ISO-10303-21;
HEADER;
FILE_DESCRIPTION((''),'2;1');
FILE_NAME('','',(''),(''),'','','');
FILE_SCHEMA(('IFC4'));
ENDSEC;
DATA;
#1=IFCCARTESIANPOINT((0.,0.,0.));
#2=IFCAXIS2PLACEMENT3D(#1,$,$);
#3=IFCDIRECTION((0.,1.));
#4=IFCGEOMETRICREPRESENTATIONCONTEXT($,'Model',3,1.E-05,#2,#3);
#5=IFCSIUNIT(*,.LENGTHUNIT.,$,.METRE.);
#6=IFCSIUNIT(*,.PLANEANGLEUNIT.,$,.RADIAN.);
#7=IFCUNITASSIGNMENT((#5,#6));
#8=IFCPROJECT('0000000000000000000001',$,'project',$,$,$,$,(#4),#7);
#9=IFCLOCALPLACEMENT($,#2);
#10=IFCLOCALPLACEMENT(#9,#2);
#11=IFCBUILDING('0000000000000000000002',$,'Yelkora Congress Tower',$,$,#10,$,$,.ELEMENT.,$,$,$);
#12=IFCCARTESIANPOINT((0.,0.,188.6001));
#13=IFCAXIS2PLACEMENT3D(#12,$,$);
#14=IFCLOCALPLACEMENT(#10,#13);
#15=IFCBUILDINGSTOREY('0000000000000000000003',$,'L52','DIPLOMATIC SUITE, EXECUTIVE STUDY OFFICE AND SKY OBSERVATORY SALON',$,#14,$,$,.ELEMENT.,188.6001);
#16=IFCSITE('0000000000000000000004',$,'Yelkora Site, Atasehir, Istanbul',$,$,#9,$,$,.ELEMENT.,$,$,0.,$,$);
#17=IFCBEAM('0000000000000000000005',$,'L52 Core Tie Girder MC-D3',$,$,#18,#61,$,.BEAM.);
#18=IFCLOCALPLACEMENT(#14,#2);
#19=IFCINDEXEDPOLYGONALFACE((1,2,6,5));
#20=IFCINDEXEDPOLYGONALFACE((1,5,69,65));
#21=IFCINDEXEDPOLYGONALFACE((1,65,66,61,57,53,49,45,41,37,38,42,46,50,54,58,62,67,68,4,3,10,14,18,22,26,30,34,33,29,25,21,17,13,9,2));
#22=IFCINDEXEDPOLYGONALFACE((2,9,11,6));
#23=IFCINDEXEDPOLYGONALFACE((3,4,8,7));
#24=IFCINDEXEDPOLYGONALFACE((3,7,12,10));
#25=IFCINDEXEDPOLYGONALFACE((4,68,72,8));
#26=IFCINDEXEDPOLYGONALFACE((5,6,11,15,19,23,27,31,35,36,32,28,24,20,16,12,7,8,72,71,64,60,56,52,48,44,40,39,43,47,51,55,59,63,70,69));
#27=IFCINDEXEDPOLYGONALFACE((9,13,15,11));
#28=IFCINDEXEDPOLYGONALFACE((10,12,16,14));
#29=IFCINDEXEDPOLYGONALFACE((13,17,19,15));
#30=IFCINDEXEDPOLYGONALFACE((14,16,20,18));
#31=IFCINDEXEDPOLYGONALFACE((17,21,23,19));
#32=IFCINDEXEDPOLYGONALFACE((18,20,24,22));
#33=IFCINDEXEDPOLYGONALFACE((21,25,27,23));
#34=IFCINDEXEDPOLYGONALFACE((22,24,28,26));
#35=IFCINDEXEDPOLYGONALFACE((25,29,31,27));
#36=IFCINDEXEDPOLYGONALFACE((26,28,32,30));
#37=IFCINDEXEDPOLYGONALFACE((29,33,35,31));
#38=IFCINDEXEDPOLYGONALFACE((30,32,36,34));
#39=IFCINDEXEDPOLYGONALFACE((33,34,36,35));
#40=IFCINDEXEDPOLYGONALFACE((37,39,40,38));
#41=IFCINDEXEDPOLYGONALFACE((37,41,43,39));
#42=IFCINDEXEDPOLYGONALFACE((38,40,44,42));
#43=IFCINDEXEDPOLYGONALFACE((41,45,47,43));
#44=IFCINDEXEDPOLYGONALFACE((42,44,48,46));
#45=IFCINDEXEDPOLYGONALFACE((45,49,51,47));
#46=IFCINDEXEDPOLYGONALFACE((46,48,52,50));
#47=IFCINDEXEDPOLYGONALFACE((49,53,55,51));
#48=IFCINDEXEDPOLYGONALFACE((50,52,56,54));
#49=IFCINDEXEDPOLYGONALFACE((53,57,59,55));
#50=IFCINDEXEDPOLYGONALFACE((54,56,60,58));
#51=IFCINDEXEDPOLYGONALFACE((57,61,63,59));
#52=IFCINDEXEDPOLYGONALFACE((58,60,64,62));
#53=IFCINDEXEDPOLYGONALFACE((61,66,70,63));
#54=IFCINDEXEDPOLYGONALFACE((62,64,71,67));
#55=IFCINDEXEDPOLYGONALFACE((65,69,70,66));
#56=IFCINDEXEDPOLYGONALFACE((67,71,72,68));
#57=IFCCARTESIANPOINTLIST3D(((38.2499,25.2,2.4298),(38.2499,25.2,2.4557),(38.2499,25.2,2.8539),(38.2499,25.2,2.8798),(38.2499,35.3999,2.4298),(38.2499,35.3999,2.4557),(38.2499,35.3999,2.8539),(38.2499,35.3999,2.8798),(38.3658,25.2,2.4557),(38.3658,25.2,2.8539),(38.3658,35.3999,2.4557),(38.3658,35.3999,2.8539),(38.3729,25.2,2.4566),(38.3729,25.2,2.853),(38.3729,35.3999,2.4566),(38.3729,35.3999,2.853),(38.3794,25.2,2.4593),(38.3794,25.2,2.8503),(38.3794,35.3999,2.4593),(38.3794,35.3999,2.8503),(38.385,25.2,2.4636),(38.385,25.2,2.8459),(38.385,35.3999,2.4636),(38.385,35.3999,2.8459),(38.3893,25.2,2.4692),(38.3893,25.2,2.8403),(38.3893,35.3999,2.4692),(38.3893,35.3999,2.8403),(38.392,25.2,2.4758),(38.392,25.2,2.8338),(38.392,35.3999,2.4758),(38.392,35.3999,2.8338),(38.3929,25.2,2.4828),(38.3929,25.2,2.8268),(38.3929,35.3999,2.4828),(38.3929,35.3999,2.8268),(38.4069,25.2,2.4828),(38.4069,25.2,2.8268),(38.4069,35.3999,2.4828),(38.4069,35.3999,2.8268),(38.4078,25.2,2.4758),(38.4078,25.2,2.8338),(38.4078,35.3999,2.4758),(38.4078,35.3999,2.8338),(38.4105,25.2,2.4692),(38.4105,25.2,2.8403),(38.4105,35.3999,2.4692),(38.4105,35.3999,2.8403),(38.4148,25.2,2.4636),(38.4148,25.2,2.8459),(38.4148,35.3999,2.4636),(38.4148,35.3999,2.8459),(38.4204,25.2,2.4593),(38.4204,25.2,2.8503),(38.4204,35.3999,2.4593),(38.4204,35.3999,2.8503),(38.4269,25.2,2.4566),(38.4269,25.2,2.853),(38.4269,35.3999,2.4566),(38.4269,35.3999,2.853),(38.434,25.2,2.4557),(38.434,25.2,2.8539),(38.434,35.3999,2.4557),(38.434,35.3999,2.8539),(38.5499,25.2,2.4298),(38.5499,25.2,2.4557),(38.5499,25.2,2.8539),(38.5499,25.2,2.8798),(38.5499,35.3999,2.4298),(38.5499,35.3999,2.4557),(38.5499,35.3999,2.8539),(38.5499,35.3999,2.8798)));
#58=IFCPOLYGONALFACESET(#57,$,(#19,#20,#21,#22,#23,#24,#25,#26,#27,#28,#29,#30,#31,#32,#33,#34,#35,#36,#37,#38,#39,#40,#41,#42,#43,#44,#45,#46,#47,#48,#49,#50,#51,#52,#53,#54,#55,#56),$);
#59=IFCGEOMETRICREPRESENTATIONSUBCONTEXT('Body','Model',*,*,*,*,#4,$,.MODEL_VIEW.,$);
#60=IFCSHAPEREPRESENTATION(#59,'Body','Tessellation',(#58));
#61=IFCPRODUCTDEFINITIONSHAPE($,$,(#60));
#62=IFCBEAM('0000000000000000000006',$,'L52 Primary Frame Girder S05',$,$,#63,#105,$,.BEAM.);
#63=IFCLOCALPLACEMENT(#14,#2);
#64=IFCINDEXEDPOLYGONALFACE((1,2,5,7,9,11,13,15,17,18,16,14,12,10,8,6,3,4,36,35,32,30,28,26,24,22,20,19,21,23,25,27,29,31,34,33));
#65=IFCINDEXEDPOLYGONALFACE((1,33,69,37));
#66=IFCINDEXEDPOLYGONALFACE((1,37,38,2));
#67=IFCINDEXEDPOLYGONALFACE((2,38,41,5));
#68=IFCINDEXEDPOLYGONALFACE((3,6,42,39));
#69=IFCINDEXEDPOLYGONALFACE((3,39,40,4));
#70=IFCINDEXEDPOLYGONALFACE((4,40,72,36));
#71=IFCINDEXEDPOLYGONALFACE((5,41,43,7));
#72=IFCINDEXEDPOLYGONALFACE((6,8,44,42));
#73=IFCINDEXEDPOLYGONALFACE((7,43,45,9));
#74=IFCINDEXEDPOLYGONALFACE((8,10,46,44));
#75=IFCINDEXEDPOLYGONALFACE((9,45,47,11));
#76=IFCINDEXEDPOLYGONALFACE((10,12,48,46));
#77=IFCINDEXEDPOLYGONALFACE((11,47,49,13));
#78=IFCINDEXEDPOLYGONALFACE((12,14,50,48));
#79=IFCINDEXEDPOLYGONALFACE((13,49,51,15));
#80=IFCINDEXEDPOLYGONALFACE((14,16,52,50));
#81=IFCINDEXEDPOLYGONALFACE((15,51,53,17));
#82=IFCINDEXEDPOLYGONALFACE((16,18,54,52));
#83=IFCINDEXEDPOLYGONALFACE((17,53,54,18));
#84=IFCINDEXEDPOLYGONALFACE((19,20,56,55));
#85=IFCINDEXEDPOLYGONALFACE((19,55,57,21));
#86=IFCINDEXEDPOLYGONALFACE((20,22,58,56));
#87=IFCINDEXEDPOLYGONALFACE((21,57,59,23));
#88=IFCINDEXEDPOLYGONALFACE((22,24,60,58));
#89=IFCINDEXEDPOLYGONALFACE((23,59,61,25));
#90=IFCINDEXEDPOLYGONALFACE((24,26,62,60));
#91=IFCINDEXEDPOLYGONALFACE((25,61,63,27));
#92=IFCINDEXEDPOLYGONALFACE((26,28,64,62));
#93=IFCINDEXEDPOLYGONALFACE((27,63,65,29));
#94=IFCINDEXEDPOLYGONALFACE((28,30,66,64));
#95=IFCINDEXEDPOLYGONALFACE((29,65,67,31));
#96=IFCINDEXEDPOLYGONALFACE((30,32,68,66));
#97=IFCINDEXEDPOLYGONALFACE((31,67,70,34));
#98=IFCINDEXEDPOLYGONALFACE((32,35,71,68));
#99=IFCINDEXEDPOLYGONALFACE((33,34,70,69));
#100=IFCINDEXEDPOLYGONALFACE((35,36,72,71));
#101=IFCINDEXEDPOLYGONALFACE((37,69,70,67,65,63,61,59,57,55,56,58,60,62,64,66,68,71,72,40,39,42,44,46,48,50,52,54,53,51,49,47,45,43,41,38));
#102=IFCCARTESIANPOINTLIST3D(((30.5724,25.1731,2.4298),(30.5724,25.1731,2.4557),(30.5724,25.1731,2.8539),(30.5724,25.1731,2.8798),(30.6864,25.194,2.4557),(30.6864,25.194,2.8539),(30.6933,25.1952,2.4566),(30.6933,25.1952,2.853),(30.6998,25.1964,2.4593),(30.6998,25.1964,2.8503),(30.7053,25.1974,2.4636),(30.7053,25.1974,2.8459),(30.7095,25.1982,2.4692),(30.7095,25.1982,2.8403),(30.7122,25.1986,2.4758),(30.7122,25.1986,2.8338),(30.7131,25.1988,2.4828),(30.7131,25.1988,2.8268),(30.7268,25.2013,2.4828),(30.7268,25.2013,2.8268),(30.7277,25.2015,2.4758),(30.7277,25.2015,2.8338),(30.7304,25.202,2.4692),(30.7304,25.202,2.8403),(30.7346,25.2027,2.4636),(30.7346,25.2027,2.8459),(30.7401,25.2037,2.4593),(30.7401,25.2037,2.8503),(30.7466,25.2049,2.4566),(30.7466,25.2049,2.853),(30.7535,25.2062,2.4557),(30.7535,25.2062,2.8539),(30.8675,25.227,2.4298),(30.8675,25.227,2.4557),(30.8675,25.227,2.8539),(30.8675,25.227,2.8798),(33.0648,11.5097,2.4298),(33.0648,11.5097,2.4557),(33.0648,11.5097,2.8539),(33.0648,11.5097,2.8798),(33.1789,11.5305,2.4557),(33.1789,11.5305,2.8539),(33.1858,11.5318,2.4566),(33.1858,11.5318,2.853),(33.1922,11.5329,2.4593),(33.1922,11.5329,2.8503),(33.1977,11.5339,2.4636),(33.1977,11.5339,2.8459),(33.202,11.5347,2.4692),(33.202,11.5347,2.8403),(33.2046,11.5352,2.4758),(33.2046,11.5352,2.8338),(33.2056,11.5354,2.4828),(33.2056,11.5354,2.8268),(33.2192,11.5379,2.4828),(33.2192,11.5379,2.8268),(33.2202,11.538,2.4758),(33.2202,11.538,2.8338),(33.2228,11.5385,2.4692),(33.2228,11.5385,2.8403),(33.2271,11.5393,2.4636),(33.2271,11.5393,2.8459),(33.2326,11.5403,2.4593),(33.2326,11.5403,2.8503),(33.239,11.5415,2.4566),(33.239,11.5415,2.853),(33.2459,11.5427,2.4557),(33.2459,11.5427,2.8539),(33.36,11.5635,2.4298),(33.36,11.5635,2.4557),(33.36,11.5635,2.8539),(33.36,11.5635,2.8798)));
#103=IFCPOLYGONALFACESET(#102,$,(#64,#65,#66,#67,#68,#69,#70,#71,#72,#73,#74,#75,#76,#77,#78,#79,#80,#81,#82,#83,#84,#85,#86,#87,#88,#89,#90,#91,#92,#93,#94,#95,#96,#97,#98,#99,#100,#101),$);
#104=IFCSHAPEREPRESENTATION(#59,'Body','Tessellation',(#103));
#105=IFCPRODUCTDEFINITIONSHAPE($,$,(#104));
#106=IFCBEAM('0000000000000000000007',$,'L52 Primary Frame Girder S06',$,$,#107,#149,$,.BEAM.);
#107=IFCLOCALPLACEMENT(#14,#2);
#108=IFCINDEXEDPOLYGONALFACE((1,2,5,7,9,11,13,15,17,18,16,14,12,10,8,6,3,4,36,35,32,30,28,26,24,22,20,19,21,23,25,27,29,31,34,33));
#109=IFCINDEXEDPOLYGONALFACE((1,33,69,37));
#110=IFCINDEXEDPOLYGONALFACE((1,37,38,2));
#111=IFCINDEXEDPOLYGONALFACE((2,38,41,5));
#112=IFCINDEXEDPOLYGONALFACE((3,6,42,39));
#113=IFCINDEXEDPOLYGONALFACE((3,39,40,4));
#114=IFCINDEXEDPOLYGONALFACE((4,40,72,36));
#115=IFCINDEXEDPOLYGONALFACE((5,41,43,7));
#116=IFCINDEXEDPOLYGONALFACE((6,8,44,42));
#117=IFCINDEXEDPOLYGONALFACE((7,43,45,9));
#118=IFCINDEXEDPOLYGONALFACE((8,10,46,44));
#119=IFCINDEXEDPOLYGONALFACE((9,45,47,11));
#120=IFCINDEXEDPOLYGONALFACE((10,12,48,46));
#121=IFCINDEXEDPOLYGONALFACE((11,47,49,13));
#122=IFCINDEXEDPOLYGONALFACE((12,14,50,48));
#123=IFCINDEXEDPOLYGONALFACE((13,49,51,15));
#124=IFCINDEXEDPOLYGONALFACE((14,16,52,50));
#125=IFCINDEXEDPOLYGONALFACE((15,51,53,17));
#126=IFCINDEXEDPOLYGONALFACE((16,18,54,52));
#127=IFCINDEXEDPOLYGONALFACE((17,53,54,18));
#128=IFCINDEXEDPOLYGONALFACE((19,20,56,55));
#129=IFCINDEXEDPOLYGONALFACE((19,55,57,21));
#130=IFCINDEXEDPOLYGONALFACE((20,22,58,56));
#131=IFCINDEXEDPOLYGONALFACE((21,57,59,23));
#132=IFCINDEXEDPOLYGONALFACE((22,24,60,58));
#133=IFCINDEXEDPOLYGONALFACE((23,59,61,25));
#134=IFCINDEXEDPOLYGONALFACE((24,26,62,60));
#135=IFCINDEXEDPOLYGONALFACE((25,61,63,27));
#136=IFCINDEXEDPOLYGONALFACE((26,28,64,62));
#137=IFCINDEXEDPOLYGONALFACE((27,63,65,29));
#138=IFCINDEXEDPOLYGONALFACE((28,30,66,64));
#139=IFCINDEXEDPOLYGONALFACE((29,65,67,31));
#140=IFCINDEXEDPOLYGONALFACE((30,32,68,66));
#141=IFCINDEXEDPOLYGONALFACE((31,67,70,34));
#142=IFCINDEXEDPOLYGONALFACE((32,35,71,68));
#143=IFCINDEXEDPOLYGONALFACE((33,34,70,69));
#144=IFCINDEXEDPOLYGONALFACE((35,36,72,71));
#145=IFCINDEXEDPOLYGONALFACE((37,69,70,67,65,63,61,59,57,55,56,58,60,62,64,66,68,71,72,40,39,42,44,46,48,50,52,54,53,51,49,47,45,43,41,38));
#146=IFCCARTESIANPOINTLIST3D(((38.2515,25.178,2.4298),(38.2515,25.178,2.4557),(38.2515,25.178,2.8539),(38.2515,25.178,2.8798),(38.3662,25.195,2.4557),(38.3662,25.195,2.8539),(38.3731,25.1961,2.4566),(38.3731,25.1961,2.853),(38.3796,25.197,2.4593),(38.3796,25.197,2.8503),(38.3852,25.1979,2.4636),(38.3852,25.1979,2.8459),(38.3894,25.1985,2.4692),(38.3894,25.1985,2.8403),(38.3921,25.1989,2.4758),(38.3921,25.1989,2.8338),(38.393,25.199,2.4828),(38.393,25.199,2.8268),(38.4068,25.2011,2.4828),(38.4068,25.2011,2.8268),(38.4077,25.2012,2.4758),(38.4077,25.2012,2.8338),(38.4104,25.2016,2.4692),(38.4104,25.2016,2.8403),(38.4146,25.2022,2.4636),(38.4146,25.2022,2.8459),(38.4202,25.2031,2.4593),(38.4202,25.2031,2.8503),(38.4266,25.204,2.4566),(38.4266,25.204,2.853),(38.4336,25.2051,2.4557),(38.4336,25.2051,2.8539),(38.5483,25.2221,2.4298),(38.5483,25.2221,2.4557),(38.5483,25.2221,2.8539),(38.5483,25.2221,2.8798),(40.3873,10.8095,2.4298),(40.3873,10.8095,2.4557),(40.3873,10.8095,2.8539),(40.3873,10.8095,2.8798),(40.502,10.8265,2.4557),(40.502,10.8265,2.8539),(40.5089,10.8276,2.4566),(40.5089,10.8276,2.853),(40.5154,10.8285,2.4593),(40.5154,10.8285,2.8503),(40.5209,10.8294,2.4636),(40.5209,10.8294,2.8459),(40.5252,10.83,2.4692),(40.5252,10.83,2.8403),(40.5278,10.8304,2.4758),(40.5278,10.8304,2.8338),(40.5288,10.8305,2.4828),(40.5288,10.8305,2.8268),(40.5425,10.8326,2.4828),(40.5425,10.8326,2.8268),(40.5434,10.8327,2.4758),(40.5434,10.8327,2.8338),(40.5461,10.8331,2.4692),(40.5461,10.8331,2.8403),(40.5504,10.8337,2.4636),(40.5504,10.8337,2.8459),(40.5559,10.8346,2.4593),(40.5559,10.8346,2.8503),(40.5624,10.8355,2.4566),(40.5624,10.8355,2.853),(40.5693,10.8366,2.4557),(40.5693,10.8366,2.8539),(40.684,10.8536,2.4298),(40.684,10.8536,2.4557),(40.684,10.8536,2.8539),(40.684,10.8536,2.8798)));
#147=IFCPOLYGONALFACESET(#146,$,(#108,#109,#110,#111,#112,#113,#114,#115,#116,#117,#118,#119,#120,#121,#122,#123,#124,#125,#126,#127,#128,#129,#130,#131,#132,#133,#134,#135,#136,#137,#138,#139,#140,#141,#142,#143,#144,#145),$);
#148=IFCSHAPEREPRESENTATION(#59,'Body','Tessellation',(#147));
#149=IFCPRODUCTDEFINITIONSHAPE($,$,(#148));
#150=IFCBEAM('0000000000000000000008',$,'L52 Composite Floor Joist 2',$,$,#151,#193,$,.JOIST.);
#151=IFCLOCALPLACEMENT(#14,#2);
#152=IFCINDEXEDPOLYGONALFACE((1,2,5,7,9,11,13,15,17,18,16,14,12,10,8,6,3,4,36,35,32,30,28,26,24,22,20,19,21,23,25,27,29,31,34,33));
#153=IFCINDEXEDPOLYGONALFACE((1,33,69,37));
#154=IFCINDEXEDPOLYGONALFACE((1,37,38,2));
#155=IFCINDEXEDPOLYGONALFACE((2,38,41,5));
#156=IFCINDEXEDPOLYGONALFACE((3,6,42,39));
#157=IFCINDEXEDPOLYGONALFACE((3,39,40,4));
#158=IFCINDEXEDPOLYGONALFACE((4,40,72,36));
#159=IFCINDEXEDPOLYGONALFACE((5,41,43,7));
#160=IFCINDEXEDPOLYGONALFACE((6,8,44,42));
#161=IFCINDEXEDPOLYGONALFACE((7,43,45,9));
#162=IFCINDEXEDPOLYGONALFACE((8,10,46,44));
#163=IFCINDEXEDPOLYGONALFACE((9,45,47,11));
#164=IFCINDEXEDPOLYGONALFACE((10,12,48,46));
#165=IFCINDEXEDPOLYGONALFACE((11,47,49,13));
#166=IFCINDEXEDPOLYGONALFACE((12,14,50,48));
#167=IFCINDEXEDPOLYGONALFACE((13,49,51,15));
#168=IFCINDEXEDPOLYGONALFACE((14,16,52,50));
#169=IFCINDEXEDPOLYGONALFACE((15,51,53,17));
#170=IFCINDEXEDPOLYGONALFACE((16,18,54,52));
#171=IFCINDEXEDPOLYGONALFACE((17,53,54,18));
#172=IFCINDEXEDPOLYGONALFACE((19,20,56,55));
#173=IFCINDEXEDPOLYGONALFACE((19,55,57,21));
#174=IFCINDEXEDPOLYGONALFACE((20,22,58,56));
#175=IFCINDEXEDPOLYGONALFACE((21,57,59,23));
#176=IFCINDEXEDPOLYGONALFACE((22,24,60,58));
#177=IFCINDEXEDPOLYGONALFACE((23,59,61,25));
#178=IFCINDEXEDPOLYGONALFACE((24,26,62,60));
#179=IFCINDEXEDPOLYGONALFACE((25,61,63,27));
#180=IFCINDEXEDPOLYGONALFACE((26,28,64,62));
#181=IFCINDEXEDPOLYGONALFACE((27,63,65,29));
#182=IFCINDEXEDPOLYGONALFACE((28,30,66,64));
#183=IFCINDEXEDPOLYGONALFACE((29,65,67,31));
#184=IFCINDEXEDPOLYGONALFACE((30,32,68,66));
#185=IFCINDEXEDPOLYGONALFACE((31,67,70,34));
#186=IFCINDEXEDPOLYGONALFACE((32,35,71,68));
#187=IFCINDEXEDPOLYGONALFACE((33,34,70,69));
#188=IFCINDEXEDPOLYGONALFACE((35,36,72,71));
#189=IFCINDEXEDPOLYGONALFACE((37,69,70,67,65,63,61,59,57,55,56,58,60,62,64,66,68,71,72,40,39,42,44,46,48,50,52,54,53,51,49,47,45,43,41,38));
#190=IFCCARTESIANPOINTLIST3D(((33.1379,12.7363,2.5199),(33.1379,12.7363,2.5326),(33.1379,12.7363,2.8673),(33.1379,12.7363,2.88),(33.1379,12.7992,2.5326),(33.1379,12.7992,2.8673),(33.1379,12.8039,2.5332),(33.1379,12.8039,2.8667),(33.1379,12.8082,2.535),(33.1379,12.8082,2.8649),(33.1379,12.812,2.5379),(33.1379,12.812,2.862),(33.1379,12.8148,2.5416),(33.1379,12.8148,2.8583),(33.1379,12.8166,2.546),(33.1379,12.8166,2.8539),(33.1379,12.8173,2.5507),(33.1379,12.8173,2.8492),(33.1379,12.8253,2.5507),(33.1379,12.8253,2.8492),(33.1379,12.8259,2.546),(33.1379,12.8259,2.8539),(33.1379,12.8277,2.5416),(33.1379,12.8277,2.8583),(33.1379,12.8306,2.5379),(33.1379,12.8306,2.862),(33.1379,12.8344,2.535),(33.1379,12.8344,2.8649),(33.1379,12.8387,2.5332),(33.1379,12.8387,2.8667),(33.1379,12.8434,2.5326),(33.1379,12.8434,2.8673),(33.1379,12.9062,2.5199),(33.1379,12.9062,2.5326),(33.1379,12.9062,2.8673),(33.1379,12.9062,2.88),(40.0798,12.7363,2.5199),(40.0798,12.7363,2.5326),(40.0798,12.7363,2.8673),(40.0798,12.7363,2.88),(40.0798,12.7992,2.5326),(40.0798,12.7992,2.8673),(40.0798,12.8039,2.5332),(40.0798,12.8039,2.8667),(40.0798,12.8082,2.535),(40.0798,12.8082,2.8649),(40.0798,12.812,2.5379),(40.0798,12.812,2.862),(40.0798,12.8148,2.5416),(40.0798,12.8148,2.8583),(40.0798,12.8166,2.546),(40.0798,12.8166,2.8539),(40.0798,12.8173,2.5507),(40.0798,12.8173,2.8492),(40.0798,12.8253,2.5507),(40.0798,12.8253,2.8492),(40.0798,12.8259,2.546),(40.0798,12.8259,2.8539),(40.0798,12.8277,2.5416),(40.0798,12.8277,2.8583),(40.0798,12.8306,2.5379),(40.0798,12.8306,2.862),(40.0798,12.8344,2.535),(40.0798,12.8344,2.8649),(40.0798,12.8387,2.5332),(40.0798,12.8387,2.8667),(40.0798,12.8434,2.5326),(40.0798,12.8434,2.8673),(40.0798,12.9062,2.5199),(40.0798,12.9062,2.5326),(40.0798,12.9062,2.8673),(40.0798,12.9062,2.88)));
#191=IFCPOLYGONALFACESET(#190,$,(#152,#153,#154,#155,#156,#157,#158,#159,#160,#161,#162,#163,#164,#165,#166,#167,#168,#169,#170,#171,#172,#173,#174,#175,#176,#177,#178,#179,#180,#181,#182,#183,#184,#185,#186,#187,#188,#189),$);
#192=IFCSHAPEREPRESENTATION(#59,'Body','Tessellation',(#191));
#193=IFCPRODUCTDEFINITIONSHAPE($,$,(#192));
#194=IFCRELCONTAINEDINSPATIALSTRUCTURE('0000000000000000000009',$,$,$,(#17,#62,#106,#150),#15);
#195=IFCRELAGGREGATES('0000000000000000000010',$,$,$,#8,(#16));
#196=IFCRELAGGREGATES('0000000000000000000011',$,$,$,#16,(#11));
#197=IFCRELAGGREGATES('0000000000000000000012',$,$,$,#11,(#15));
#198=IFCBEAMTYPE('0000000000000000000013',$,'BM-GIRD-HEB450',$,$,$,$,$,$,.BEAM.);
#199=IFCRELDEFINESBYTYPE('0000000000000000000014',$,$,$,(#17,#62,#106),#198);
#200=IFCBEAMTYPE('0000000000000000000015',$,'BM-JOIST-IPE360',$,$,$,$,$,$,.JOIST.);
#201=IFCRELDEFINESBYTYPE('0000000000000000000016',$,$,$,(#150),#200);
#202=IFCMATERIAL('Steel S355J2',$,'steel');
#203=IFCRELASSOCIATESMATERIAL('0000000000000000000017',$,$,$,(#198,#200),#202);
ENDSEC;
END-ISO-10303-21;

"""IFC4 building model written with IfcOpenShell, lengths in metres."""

from ifc_helpers import new_model, si_unit, direction, frame, origin, origin_2d, place, context, subcontext, project, spatial, i_section, extrude, material, material_profile, profile_set, type_object, element, save


model = new_model("IFC4")

# Units and contexts
model_context = context("Model", 3, precision=1e-05, world=origin(), true_north=direction((0.0, 1.0)))
body_context = subcontext(model_context, "Body", "Model", "MODEL_VIEW")
ifc_project = project(units=[si_unit("LENGTHUNIT", "METRE"), si_unit("PLANEANGLEUNIT", "RADIAN")], contexts=[model_context])

# Site, building, storey
site_placement = place(None, origin())
site = spatial("IfcSite", under=ifc_project, at=site_placement, Name="Yelkora Site, Atasehir, Istanbul", CompositionType="ELEMENT", RefElevation=0.0)
building_placement = place(site_placement, origin())
building = spatial("IfcBuilding", under=site, at=building_placement, Name="Yelkora Congress Tower", CompositionType="ELEMENT")
storey_placement = place(building_placement, frame((0.0, 0.0, 188.6001)))
storey = spatial("IfcBuildingStorey", under=building, at=storey_placement, Name="L52", Description="DIPLOMATIC SUITE, EXECUTIVE STUDY OFFICE AND SKY OBSERVATORY SALON", CompositionType="ELEMENT", Elevation=188.6001)

# Beams
ifc_material_1 = material(Name="Steel S355J2", Category="steel")
ifc_material_profile_1 = material_profile(ifc_material_1, i_section(OverallWidth=0.3, OverallDepth=0.45, WebThickness=0.0139, FlangeThickness=0.0259, FilletRadius=0.0271, at=origin_2d()), Name="HEB 450")
ifc_profile_set_1 = profile_set([ifc_material_profile_1], Name="Steel S355J2")
beam_type_1 = type_object("IfcBeamType", Name="BM-GIRD-HEB450", PredefinedType="BEAM", material=ifc_profile_set_1)
beam_1_placement = place(storey_placement, frame((38.3999, 25.2, 2.6548), z_axis=(0.0, 1.0, 0.0), x_axis=(-1.0, 0.0, 0.0)))
element("IfcBeam", 1, at=beam_1_placement, inside=storey, type_object=beam_type_1, Name="L52 Core Tie Girder MC-D3", PredefinedType="BEAM", context=body_context, shape_type="SweptSolid", body=[
    extrude(i_section(OverallWidth=0.3, OverallDepth=0.45, WebThickness=0.0139, FlangeThickness=0.0259, FilletRadius=0.0271, at=origin_2d()), origin(), (0.0, 0.0, 1.0), 10.2),
])
beam_2_placement = place(storey_placement, frame((33.2124, 11.5366, 2.6548), z_axis=(-0.179456, 0.983766, 0.0), x_axis=(-0.983766, -0.179456, 0.0)))
element("IfcBeam", 2, at=beam_2_placement, inside=storey, type_object=beam_type_1, Name="L52 Primary Frame Girder S05", PredefinedType="BEAM", context=body_context, shape_type="SweptSolid", body=[
    extrude(i_section(OverallWidth=0.3, OverallDepth=0.45, WebThickness=0.0139, FlangeThickness=0.0259, FilletRadius=0.0271, at=origin_2d()), origin(), (0.0, 0.0, 1.0), 13.8889),
])
beam_3_placement = place(storey_placement, frame((40.5356, 10.8315, 2.6548), z_axis=(-0.147026, 0.989133, 0.0), x_axis=(-0.989133, -0.147026, 0.0)))
element("IfcBeam", 3, at=beam_3_placement, inside=storey, type_object=beam_type_1, Name="L52 Primary Frame Girder S06", PredefinedType="BEAM", context=body_context, shape_type="SweptSolid", body=[
    extrude(i_section(OverallWidth=0.3, OverallDepth=0.45, WebThickness=0.0139, FlangeThickness=0.0259, FilletRadius=0.0271, at=origin_2d()), origin(), (0.0, 0.0, 1.0), 14.5264),
])
ifc_material_profile_2 = material_profile(ifc_material_1, i_section(OverallWidth=0.1699, OverallDepth=0.3601, WebThickness=0.0081, FlangeThickness=0.0127, FilletRadius=0.0181, at=origin_2d()), Name="IPE 360")
ifc_profile_set_2 = profile_set([ifc_material_profile_2], Name="Steel S355J2")
beam_type_2 = type_object("IfcBeamType", Name="BM-JOIST-IPE360", PredefinedType="JOIST", material=ifc_profile_set_2)
beam_4_placement = place(storey_placement, frame((33.1379, 12.8213, 2.7), z_axis=(1.0, 0.0, 0.0), x_axis=(0.0, 1.0, 0.0)))
element("IfcBeam", 4, at=beam_4_placement, inside=storey, type_object=beam_type_2, Name="L52 Composite Floor Joist 2", PredefinedType="JOIST", context=body_context, shape_type="SweptSolid", body=[
    extrude(i_section(OverallWidth=0.1699, OverallDepth=0.3601, WebThickness=0.0081, FlangeThickness=0.0127, FilletRadius=0.0181, at=origin_2d()), origin(), (0.0, 0.0, 1.0), 6.9419),
])

save(model, "model.ifc")
